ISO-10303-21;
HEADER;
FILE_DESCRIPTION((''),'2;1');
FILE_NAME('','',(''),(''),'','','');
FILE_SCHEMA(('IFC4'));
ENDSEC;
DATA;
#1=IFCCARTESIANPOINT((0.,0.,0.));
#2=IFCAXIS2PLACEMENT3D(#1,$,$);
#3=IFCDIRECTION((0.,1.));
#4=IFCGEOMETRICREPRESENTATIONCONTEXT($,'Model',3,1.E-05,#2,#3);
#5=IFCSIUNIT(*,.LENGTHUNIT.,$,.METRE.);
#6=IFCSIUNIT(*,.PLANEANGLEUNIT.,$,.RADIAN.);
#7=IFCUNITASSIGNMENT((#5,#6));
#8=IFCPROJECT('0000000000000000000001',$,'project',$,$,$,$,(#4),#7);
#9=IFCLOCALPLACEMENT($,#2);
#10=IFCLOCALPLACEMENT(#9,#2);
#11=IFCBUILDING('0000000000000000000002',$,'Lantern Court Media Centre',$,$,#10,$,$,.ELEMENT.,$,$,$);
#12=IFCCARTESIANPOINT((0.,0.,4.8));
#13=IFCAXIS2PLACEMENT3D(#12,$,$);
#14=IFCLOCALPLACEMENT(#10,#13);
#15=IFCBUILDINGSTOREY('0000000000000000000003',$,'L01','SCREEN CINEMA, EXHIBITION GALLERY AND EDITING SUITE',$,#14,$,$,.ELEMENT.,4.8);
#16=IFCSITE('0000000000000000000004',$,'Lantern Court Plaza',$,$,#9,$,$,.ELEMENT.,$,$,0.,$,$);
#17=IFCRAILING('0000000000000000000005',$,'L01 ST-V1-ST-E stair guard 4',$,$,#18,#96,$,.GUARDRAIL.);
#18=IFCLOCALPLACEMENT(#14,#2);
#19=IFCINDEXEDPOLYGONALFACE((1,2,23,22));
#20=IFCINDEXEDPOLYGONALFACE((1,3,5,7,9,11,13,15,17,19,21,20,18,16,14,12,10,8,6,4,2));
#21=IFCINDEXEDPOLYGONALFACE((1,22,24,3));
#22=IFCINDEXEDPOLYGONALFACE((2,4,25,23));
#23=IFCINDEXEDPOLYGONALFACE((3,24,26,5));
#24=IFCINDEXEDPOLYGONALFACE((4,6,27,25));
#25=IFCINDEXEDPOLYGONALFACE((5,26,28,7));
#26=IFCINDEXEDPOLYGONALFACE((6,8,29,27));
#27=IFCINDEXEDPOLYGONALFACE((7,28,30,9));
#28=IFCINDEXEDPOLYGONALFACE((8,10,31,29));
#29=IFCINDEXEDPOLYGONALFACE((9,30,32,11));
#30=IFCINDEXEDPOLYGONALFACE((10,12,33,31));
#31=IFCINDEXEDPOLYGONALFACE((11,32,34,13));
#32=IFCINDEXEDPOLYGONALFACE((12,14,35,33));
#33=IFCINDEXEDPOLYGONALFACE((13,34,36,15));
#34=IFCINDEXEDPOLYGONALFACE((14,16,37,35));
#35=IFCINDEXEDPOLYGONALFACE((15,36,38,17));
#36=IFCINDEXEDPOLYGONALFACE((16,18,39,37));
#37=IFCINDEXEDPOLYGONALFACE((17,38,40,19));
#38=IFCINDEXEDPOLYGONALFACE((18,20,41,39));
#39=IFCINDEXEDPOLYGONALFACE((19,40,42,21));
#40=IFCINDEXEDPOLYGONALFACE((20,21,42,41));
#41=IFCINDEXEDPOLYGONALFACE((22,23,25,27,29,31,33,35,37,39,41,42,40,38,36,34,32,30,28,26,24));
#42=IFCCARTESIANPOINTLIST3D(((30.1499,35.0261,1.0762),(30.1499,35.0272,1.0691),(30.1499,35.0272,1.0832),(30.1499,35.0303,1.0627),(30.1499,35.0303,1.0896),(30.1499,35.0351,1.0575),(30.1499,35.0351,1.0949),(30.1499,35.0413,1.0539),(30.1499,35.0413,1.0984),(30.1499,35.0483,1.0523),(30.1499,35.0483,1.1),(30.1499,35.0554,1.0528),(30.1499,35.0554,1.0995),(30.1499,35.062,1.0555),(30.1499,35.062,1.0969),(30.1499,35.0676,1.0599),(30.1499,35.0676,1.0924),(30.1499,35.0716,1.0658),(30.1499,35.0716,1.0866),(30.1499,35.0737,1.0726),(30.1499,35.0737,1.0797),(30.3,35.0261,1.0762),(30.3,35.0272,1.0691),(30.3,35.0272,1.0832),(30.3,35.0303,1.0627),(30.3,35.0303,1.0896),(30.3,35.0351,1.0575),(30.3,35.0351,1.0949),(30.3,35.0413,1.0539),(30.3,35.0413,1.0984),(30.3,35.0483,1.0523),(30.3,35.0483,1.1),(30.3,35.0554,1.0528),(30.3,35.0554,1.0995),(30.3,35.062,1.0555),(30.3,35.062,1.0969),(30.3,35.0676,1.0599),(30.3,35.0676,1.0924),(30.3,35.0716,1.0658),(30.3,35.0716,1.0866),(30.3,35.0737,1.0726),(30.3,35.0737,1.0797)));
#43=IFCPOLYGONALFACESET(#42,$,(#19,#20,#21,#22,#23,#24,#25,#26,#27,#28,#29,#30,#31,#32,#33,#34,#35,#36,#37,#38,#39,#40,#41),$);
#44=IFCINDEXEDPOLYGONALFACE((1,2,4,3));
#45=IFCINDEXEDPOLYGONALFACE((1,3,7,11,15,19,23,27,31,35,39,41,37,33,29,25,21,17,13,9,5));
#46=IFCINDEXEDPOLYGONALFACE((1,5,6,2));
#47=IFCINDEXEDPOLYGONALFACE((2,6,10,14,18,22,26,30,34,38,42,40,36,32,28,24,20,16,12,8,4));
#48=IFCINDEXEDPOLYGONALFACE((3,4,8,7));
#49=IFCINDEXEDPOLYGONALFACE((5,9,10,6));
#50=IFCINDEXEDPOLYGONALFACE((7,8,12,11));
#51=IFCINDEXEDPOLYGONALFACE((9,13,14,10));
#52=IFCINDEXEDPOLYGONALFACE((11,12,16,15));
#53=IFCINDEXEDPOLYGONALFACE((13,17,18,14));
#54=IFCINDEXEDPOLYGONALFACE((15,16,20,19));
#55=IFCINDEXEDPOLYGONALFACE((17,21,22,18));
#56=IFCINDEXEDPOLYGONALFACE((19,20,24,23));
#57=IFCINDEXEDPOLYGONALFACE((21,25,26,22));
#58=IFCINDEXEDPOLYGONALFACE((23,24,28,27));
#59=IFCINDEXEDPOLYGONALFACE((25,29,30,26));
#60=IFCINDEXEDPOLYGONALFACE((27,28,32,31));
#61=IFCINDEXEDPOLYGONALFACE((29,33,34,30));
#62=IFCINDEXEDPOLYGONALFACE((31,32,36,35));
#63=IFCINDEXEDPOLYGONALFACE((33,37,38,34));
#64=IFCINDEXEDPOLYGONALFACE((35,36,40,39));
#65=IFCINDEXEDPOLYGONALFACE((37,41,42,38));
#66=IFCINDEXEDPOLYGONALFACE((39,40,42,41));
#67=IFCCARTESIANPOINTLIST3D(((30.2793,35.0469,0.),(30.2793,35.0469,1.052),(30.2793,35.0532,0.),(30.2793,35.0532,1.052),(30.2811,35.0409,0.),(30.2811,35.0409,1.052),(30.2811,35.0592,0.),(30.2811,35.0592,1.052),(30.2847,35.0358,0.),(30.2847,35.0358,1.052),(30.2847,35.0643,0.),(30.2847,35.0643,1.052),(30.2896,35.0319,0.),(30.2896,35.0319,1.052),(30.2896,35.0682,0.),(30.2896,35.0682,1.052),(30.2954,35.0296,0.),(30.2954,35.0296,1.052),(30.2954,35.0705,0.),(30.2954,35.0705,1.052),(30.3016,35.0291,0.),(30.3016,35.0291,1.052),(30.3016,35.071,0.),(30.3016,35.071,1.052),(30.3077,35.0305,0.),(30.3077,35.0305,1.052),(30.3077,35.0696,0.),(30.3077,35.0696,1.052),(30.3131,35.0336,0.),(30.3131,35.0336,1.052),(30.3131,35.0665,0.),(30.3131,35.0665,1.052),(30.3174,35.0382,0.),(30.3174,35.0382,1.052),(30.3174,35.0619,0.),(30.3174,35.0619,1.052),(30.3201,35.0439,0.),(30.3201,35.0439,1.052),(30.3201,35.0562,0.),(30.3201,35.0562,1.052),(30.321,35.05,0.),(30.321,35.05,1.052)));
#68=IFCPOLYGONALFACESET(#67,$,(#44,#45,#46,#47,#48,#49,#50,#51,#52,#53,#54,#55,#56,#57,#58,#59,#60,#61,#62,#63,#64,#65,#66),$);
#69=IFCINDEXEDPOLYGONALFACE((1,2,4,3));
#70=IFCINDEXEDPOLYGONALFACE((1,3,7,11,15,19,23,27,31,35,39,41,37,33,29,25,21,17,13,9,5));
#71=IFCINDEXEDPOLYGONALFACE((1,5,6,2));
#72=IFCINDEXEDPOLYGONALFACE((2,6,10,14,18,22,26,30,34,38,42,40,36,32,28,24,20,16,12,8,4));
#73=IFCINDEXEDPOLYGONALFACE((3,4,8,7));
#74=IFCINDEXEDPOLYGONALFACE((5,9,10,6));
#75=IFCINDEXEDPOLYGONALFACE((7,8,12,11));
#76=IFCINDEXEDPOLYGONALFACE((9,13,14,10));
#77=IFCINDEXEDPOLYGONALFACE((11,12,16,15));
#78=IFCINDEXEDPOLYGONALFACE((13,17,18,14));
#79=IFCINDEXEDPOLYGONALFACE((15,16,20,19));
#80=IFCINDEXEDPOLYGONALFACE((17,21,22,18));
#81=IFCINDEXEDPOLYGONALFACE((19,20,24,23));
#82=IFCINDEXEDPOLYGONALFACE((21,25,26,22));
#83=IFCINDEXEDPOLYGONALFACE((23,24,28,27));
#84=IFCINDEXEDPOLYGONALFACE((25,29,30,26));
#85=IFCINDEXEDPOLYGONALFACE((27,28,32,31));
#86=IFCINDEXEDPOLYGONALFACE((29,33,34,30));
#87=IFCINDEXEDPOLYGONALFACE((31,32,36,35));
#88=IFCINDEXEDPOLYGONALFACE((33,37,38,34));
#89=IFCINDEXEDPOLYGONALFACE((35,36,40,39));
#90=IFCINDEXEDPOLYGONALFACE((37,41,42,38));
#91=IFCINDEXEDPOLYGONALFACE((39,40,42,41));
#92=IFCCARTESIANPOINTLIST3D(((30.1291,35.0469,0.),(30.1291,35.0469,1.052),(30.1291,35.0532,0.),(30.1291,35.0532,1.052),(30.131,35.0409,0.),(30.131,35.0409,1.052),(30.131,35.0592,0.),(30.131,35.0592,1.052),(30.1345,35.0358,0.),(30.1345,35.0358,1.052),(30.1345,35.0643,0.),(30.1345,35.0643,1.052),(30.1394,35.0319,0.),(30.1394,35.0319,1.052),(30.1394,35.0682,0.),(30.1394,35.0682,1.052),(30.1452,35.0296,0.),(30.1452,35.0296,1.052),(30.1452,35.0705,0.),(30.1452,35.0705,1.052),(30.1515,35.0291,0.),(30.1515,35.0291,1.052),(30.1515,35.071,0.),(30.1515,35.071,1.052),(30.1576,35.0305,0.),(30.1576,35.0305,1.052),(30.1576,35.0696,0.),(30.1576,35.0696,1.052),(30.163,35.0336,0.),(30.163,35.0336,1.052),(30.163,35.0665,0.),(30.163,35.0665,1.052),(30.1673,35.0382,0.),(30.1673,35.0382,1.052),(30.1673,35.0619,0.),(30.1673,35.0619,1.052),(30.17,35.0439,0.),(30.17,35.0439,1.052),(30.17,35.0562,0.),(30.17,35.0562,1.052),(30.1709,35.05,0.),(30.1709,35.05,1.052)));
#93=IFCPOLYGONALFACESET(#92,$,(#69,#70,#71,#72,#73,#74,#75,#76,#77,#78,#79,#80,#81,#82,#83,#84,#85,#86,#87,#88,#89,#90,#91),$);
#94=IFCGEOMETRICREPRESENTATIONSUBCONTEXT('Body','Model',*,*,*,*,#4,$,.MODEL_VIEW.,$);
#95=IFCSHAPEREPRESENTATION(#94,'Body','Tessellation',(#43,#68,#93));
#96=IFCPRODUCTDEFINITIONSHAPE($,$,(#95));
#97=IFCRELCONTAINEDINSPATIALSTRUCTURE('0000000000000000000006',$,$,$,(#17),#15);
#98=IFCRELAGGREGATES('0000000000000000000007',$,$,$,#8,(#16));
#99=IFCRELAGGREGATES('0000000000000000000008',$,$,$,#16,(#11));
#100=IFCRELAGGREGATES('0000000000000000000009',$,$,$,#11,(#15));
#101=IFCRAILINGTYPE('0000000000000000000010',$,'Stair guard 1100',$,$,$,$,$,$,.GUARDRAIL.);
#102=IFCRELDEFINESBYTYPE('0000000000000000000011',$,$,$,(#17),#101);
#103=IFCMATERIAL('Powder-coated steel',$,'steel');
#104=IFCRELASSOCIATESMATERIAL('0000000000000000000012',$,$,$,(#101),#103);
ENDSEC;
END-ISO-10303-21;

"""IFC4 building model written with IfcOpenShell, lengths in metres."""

from ifc_helpers import new_model, si_unit, direction, frame, origin, origin_2d, place, context, subcontext, project, spatial, circle, extrude, material, type_object, element, save


model = new_model("IFC4")

# Units and contexts
model_context = context("Model", 3, precision=1e-05, world=origin(), true_north=direction((0.0, 1.0)))
body_context = subcontext(model_context, "Body", "Model", "MODEL_VIEW")
ifc_project = project(units=[si_unit("LENGTHUNIT", "METRE"), si_unit("PLANEANGLEUNIT", "RADIAN")], contexts=[model_context])

# Site, building, storey
site_placement = place(None, origin())
site = spatial("IfcSite", under=ifc_project, at=site_placement, Name="Lantern Court Plaza", CompositionType="ELEMENT", RefElevation=0.0)
building_placement = place(site_placement, origin())
building = spatial("IfcBuilding", under=site, at=building_placement, Name="Lantern Court Media Centre", CompositionType="ELEMENT")
storey_placement = place(building_placement, frame((0.0, 0.0, 4.8)))
storey = spatial("IfcBuildingStorey", under=building, at=storey_placement, Name="L01", Description="SCREEN CINEMA, EXHIBITION GALLERY AND EDITING SUITE", CompositionType="ELEMENT", Elevation=4.8)

# Railing
ifc_material_1 = material(Name="Powder-coated steel", Category="steel")
railing_type_1 = type_object("IfcRailingType", Name="Stair guard 1100", PredefinedType="GUARDRAIL", material=ifc_material_1)
railing_1_placement = place(storey_placement, frame((30.3, 35.05, 0.0)))
element("IfcRailing", 1, at=railing_1_placement, inside=storey, type_object=railing_type_1, Name="L01 ST-V1-ST-E stair guard 4", PredefinedType="GUARDRAIL", context=body_context, shape_type="SweptSolid", body=[
    extrude(circle(Radius=0.0239, at=origin_2d()), frame((0.0, 0.0, 1.0762), z_axis=(-1.0, 0.0, 0.0), x_axis=(0.0, -1.0, 0.0)), (0.0, 0.0, 1.0), 0.1501),
    extrude(circle(Radius=0.021, at=origin_2d()), origin(), (0.0, 0.0, 1.0), 1.052),
    extrude(circle(Radius=0.021, at=origin_2d()), frame((-0.1501, 0.0, 0.0)), (0.0, 0.0, 1.0), 1.052),
])

save(model, "model.ifc")
